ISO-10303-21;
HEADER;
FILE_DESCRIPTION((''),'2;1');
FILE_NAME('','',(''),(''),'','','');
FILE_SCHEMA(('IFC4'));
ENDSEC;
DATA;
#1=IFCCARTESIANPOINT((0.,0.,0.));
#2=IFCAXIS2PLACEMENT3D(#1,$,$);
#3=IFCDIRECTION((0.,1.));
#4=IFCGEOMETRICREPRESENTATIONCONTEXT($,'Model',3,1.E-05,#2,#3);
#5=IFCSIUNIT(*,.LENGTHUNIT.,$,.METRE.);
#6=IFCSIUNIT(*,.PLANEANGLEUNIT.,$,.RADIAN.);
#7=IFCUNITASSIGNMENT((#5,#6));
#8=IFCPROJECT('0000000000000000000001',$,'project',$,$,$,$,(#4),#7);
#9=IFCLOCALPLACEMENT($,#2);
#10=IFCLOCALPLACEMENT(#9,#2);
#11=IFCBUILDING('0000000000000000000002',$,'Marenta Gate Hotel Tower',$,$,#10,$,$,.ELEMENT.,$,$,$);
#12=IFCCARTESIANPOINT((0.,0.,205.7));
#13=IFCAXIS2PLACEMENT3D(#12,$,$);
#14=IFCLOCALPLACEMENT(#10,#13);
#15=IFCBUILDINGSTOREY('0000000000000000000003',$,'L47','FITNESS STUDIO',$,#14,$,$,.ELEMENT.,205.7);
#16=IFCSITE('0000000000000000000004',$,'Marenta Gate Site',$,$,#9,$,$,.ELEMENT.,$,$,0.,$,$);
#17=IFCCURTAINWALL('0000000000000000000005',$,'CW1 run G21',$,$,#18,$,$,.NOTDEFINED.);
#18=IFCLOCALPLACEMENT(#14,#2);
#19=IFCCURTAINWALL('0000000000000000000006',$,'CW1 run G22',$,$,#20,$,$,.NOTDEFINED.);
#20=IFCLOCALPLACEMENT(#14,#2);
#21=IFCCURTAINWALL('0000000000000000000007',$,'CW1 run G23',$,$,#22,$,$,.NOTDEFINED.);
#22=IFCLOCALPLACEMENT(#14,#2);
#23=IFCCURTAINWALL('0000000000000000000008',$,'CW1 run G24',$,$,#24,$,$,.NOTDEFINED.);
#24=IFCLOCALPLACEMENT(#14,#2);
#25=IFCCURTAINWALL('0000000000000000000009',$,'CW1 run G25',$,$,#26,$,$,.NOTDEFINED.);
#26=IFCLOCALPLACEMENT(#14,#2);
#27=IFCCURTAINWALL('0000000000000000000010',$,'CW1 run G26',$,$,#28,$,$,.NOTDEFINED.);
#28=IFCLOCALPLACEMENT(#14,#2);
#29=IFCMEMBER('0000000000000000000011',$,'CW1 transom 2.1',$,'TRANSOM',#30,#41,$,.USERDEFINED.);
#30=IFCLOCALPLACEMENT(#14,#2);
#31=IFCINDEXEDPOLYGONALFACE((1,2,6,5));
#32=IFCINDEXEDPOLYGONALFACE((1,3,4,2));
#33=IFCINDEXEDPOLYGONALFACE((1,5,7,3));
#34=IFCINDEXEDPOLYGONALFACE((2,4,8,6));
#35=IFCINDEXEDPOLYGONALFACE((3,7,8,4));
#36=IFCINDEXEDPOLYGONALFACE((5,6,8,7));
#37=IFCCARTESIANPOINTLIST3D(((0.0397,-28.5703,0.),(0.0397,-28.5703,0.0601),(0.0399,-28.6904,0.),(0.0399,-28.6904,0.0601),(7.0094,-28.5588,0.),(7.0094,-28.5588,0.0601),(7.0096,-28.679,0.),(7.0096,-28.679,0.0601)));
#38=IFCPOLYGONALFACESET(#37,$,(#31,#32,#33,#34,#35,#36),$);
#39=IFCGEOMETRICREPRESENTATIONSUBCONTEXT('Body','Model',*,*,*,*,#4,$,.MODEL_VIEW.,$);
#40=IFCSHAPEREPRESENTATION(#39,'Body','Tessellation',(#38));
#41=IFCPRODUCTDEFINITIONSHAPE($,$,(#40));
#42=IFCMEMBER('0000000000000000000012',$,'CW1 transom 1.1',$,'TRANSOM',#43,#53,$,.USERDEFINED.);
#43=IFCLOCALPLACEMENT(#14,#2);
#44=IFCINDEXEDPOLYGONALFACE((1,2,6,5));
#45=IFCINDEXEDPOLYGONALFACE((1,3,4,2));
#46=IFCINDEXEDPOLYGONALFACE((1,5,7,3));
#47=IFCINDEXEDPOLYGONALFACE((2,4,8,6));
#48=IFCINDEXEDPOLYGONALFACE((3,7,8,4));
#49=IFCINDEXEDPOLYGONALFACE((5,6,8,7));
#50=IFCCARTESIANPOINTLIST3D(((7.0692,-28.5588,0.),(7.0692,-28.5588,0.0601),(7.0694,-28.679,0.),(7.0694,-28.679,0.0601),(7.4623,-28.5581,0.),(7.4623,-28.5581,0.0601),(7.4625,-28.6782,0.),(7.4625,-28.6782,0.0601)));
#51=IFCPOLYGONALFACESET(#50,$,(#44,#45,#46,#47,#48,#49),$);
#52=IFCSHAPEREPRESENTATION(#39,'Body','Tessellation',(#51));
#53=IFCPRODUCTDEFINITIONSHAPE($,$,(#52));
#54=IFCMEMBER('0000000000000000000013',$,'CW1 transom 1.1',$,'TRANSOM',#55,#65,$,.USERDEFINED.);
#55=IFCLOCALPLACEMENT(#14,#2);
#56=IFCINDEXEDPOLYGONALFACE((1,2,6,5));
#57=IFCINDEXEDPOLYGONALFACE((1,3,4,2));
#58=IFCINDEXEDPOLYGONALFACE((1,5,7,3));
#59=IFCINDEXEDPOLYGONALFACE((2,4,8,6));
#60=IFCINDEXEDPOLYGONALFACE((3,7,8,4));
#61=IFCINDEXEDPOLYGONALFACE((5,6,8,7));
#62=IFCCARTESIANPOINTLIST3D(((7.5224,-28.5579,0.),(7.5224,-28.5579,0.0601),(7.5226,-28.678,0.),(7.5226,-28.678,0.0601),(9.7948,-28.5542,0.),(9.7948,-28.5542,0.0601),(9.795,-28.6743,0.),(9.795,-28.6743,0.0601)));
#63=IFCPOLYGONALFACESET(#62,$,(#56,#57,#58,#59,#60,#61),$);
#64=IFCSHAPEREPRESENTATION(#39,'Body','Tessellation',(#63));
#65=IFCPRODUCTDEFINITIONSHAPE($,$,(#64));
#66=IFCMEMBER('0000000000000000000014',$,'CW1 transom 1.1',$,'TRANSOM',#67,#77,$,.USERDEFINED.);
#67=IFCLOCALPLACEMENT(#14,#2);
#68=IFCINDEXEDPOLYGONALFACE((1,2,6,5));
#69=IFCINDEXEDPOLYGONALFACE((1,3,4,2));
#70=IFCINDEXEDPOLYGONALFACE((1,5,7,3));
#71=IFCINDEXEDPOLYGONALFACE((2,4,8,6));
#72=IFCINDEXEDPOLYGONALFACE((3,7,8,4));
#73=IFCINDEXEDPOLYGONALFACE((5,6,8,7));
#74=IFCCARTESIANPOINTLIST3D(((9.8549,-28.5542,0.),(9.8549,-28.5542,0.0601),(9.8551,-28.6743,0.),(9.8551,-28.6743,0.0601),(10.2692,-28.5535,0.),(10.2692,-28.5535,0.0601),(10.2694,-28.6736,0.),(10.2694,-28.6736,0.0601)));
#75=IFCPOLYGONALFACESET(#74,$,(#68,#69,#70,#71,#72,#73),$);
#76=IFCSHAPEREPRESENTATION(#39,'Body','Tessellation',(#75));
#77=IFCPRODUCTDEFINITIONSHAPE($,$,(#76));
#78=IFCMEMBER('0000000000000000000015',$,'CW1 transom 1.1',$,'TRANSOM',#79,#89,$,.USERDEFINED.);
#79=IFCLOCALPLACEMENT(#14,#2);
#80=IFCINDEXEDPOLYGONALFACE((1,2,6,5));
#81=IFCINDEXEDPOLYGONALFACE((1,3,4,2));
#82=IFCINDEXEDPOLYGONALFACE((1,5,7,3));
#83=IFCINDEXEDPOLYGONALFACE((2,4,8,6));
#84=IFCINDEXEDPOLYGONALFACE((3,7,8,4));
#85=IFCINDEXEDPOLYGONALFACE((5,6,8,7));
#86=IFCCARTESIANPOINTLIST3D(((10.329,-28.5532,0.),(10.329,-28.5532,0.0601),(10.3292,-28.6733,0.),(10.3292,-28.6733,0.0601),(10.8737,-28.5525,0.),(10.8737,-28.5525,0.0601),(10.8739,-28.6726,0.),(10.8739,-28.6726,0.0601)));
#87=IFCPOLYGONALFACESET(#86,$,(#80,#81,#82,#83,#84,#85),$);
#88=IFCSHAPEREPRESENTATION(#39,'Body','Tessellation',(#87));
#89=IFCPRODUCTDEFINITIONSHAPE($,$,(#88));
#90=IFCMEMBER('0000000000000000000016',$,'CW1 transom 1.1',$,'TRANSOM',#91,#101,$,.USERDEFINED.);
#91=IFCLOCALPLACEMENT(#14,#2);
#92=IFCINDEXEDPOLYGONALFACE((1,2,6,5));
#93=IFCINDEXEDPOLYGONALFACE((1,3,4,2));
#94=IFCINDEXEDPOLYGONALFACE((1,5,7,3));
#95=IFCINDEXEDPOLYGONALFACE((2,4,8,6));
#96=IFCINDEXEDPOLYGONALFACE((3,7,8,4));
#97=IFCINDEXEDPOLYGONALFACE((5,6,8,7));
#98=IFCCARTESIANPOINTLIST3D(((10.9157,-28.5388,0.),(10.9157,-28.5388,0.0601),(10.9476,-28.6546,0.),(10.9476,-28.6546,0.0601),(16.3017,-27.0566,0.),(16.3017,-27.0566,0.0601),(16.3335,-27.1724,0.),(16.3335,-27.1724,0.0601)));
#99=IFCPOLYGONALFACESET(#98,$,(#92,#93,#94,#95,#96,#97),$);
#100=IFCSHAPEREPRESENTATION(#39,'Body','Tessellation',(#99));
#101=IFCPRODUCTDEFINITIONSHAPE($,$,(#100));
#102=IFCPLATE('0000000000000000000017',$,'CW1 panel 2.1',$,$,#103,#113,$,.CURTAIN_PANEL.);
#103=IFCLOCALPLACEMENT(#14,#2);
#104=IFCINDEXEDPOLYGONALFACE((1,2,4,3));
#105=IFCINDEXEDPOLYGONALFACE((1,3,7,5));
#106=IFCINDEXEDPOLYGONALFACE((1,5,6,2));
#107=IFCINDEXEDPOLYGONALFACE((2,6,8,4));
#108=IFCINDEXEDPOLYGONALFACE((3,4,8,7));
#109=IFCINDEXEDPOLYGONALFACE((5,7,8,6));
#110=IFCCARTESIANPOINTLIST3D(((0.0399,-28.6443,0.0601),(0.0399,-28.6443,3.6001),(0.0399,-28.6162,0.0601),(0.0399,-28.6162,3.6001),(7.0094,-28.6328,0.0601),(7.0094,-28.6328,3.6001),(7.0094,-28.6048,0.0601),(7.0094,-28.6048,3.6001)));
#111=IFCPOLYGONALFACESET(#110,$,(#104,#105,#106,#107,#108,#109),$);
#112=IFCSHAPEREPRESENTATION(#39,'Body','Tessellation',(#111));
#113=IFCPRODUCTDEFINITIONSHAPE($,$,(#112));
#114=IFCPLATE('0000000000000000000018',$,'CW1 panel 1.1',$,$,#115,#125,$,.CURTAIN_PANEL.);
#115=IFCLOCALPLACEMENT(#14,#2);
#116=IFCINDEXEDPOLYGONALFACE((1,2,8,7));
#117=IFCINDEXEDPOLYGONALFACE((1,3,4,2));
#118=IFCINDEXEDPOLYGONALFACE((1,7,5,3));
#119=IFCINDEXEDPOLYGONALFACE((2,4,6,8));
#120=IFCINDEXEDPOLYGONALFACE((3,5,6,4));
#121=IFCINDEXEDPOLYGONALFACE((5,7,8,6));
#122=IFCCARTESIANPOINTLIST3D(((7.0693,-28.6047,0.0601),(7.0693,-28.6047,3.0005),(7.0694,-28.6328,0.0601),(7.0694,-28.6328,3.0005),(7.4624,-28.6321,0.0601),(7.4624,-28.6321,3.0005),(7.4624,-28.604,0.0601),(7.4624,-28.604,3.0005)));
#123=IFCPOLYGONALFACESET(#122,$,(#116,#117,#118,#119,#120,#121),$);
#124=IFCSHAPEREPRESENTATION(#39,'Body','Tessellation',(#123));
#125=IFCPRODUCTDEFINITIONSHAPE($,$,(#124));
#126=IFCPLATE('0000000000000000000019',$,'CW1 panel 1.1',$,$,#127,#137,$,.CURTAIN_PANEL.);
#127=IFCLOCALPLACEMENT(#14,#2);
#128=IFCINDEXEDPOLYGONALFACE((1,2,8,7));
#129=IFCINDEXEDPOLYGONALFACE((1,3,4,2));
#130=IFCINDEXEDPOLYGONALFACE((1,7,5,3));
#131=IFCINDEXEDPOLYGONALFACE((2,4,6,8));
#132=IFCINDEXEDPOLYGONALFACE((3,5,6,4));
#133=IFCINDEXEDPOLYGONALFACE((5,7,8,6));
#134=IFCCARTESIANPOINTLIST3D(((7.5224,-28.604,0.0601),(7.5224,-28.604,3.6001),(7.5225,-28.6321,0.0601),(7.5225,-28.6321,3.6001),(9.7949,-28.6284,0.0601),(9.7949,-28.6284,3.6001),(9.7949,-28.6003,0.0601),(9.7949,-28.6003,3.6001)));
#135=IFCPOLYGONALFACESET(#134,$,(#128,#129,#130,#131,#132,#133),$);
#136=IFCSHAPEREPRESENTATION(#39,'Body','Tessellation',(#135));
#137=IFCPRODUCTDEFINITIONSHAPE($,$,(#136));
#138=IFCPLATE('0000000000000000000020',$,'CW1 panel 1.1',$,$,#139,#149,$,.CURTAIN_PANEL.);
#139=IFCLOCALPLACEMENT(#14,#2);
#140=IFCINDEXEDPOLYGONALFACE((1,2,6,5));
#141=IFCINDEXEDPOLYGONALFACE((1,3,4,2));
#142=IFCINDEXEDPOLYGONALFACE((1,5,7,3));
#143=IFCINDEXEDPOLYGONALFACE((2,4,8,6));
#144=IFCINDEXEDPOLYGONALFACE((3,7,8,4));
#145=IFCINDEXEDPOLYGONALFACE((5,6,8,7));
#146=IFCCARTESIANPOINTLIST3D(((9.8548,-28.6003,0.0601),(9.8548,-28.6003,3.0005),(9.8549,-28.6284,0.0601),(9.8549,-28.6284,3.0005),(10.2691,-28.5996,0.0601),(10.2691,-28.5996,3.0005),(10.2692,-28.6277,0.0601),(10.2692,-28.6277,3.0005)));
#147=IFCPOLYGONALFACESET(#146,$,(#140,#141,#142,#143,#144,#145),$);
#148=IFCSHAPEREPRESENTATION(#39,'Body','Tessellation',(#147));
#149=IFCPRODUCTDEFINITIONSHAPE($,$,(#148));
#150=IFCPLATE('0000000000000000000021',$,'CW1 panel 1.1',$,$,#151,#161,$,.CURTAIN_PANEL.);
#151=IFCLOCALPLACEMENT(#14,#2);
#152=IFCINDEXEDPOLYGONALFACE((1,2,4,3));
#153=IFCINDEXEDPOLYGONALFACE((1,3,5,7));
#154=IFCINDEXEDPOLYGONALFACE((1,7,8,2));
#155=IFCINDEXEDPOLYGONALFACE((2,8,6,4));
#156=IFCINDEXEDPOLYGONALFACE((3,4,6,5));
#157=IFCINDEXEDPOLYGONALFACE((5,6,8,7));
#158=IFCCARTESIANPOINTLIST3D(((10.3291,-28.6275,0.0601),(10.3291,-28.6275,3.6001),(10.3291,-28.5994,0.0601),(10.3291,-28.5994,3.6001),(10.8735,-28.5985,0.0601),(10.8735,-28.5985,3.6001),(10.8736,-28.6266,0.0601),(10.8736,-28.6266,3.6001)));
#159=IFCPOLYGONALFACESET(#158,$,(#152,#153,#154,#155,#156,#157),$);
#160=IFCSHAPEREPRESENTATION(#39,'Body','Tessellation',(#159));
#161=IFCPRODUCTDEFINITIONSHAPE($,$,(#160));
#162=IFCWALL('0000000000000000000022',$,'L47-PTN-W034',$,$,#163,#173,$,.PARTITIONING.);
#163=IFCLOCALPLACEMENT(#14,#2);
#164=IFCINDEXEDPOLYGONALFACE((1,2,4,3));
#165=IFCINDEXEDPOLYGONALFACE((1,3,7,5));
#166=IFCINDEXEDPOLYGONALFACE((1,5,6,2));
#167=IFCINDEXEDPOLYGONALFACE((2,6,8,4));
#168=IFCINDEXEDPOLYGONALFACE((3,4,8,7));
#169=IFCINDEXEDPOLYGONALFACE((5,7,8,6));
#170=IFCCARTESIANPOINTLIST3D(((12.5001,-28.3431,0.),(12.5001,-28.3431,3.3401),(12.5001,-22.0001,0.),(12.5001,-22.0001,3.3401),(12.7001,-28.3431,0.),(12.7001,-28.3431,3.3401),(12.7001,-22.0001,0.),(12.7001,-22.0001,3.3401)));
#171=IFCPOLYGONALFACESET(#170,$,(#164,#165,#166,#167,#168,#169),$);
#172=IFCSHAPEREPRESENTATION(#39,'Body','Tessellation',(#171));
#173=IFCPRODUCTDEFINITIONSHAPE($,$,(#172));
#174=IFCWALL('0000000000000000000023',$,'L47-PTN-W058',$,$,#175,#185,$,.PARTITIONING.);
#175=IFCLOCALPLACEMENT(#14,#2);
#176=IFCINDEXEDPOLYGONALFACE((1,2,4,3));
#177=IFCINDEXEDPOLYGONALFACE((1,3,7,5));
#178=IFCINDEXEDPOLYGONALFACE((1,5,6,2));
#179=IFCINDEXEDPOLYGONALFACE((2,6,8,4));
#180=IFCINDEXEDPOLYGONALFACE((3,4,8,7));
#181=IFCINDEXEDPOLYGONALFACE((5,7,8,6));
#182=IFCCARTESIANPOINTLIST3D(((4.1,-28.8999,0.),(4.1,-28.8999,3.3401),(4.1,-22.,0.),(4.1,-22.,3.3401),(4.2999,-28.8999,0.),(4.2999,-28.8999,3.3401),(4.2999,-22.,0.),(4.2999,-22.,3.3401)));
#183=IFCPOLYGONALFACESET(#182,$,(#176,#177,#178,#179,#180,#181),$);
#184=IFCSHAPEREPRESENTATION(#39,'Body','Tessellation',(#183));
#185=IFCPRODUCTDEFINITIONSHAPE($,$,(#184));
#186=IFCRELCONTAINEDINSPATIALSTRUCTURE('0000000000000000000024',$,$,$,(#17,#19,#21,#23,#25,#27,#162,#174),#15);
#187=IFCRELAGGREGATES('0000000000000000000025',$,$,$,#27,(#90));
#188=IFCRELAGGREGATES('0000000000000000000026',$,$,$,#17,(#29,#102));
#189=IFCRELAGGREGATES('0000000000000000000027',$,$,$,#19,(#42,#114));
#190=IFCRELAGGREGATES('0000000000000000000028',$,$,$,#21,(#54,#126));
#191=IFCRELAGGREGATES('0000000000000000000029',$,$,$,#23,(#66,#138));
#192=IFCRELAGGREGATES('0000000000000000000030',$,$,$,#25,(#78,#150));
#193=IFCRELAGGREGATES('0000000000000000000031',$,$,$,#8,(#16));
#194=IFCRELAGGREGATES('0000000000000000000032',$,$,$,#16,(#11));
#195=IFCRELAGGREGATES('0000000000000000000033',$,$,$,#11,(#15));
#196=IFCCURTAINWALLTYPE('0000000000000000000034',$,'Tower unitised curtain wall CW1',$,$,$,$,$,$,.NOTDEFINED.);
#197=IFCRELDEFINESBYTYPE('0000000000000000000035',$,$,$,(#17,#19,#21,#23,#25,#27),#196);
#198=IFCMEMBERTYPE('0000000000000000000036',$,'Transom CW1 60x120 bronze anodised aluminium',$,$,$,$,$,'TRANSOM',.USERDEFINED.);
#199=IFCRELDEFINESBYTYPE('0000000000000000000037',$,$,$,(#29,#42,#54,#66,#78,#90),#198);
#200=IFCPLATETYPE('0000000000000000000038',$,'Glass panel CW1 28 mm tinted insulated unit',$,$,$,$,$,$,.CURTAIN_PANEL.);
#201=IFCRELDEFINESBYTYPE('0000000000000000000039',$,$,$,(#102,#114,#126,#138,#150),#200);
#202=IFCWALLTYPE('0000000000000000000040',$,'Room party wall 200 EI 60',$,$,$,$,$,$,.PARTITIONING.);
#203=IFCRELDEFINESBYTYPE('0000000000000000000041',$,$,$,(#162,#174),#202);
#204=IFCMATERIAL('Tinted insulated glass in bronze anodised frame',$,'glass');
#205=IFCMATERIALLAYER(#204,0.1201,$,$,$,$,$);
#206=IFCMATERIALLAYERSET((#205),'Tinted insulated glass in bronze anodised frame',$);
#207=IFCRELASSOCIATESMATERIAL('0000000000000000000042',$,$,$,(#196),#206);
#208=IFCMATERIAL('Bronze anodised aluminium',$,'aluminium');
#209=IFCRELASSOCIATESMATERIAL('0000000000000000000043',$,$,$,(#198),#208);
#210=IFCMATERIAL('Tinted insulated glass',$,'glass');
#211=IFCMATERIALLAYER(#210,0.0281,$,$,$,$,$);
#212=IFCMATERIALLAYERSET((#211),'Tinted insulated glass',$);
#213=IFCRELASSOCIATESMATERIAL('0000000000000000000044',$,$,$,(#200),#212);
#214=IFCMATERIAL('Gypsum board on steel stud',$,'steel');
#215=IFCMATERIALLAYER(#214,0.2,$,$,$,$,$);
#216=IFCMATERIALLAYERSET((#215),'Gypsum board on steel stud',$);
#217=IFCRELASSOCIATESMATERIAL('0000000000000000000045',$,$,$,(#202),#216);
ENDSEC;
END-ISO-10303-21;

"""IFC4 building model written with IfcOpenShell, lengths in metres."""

from ifc_helpers import new_model, si_unit, direction, frame, frame_2d, origin, origin_2d, place, context, subcontext, project, spatial, rectangle, extrude, material, layer, layer_set, material_profile, profile_set, type_object, element, aggregate, save


model = new_model("IFC4")

# Units and contexts
model_context = context("Model", 3, precision=1e-05, world=origin(), true_north=direction((0.0, 1.0)))
body_context = subcontext(model_context, "Body", "Model", "MODEL_VIEW")
ifc_project = project(units=[si_unit("LENGTHUNIT", "METRE"), si_unit("PLANEANGLEUNIT", "RADIAN")], contexts=[model_context])

# Site, building, storey
site_placement = place(None, origin())
site = spatial("IfcSite", under=ifc_project, at=site_placement, Name="Marenta Gate Site", CompositionType="ELEMENT", RefElevation=0.0)
building_placement = place(site_placement, origin())
building = spatial("IfcBuilding", under=site, at=building_placement, Name="Marenta Gate Hotel Tower", CompositionType="ELEMENT")
storey_placement = place(building_placement, frame((0.0, 0.0, 205.7)))
storey = spatial("IfcBuildingStorey", under=building, at=storey_placement, Name="L47", Description="FITNESS STUDIO", CompositionType="ELEMENT", Elevation=205.7)

# Curtain walls
ifc_material_1 = material(Name="Tinted insulated glass in bronze anodised frame", Category="glass")
ifc_layer_1 = layer(ifc_material_1, 0.1201)
ifc_layer_set_1 = layer_set([ifc_layer_1], Name="Tinted insulated glass in bronze anodised frame")
curtain_wall_type = type_object("IfcCurtainWallType", Name="Tower unitised curtain wall CW1", PredefinedType="NOTDEFINED", material=ifc_layer_set_1)
curtain_wall_1_placement = place(storey_placement, origin())
curtain_wall_1 = element("IfcCurtainWall", 1, at=curtain_wall_1_placement, inside=storey, type_object=curtain_wall_type, Name="CW1 run G21", PredefinedType="NOTDEFINED")
curtain_wall_2_placement = place(storey_placement, origin())
curtain_wall_2 = element("IfcCurtainWall", 2, at=curtain_wall_2_placement, inside=storey, type_object=curtain_wall_type, Name="CW1 run G22", PredefinedType="NOTDEFINED")
curtain_wall_3_placement = place(storey_placement, origin())
curtain_wall_3 = element("IfcCurtainWall", 3, at=curtain_wall_3_placement, inside=storey, type_object=curtain_wall_type, Name="CW1 run G23", PredefinedType="NOTDEFINED")
curtain_wall_4_placement = place(storey_placement, origin())
curtain_wall_4 = element("IfcCurtainWall", 4, at=curtain_wall_4_placement, inside=storey, type_object=curtain_wall_type, Name="CW1 run G24", PredefinedType="NOTDEFINED")
curtain_wall_5_placement = place(storey_placement, origin())
curtain_wall_5 = element("IfcCurtainWall", 5, at=curtain_wall_5_placement, inside=storey, type_object=curtain_wall_type, Name="CW1 run G25", PredefinedType="NOTDEFINED")
curtain_wall_6_placement = place(storey_placement, origin())
curtain_wall_6 = element("IfcCurtainWall", 6, at=curtain_wall_6_placement, inside=storey, type_object=curtain_wall_type, Name="CW1 run G26", PredefinedType="NOTDEFINED")

# Members
ifc_material_2 = material(Name="Bronze anodised aluminium", Category="aluminium")
ifc_material_profile_1 = material_profile(ifc_material_2, rectangle(XDim=0.1201, YDim=0.0601, at=origin_2d()), Name="Transom CW1 60x120 bronze anodised aluminium")
ifc_profile_set_1 = profile_set([ifc_material_profile_1], Name="Bronze anodised aluminium")
member_type_1 = type_object("IfcMemberType", Name="Transom CW1 60x120 bronze anodised aluminium", ElementType="TRANSOM", PredefinedType="USERDEFINED", material=ifc_profile_set_1)
member_1_placement = place(storey_placement, frame((0.0398, -28.6304, 0.03), z_axis=(0.999999, 0.001646, 0.0), x_axis=(-0.001646, 0.999999, 0.0)))
member_1 = element("IfcMember", 7, at=member_1_placement, type_object=member_type_1, Name="CW1 transom 2.1", ObjectType="TRANSOM", PredefinedType="USERDEFINED", context=body_context, shape_type="SweptSolid", body=[
    extrude(rectangle(XDim=0.1201, YDim=0.0601, at=origin_2d()), origin(), (0.0, 0.0, 1.0), 6.9697),
])
member_2_placement = place(storey_placement, frame((7.0693, -28.6189, 0.03), z_axis=(0.999998, 0.001863, 0.0), x_axis=(-0.001863, 0.999998, 0.0)))
member_2 = element("IfcMember", 8, at=member_2_placement, type_object=member_type_1, Name="CW1 transom 1.1", ObjectType="TRANSOM", PredefinedType="USERDEFINED", context=body_context, shape_type="SweptSolid", body=[
    extrude(rectangle(XDim=0.1201, YDim=0.0601, at=origin_2d()), origin(), (0.0, 0.0, 1.0), 0.3931),
])
member_3_placement = place(storey_placement, frame((7.5225, -28.6179, 0.03), z_axis=(0.999999, 0.001612, 0.0), x_axis=(-0.001612, 0.999999, 0.0)))
member_3 = element("IfcMember", 9, at=member_3_placement, type_object=member_type_1, Name="CW1 transom 1.1", ObjectType="TRANSOM", PredefinedType="USERDEFINED", context=body_context, shape_type="SweptSolid", body=[
    extrude(rectangle(XDim=0.1201, YDim=0.0601, at=origin_2d()), origin(), (0.0, 0.0, 1.0), 2.2725),
])
member_4_placement = place(storey_placement, frame((9.855, -28.6143, 0.03), z_axis=(0.999998, 0.001768, 0.0), x_axis=(-0.001768, 0.999998, 0.0)))
member_4 = element("IfcMember", 10, at=member_4_placement, type_object=member_type_1, Name="CW1 transom 1.1", ObjectType="TRANSOM", PredefinedType="USERDEFINED", context=body_context, shape_type="SweptSolid", body=[
    extrude(rectangle(XDim=0.1201, YDim=0.0601, at=origin_2d()), origin(), (0.0, 0.0, 1.0), 0.4143),
])
member_5_placement = place(storey_placement, frame((10.3291, -28.6133, 0.03), z_axis=(0.999999, 0.001345, 0.0), x_axis=(-0.001345, 0.999999, 0.0)))
member_5 = element("IfcMember", 11, at=member_5_placement, type_object=member_type_1, Name="CW1 transom 1.1", ObjectType="TRANSOM", PredefinedType="USERDEFINED", context=body_context, shape_type="SweptSolid", body=[
    extrude(rectangle(XDim=0.1201, YDim=0.0601, at=origin_2d()), origin(), (0.0, 0.0, 1.0), 0.5447),
])
member_6_placement = place(storey_placement, frame((10.9316, -28.5967, 0.03), z_axis=(0.964158, 0.265328, 0.0), x_axis=(-0.265328, 0.964158, 0.0)))
member_6 = element("IfcMember", 12, at=member_6_placement, type_object=member_type_1, Name="CW1 transom 1.1", ObjectType="TRANSOM", PredefinedType="USERDEFINED", context=body_context, shape_type="SweptSolid", body=[
    extrude(rectangle(XDim=0.1201, YDim=0.0601, at=origin_2d()), origin(), (0.0, 0.0, 1.0), 5.5862),
])
aggregate(curtain_wall_6, [member_6])

# Plates
ifc_material_3 = material(Name="Tinted insulated glass", Category="glass")
ifc_layer_2 = layer(ifc_material_3, 0.0281)
ifc_layer_set_2 = layer_set([ifc_layer_2], Name="Tinted insulated glass")
plate_type = type_object("IfcPlateType", Name="Glass panel CW1 28 mm tinted insulated unit", PredefinedType="CURTAIN_PANEL", material=ifc_layer_set_2)
plate_1_placement = place(storey_placement, frame((3.5247, -28.6245, 0.0601), z_axis=(0.0, 0.0, 1.0), x_axis=(0.999999, 0.001636, 0.0)))
plate_1 = element("IfcPlate", 13, at=plate_1_placement, type_object=plate_type, Name="CW1 panel 2.1", PredefinedType="CURTAIN_PANEL", context=body_context, shape_type="SweptSolid", body=[
    extrude(rectangle(XDim=6.9695, YDim=0.0281, at=origin_2d()), origin(), (0.0, 0.0, 1.0), 3.54),
])
aggregate(curtain_wall_1, [member_1, plate_1])
plate_2_placement = place(storey_placement, frame((7.2659, -28.6184, 0.0601), z_axis=(0.0, 0.0, 1.0), x_axis=(0.999998, 0.001766, 0.0)))
plate_2 = element("IfcPlate", 14, at=plate_2_placement, type_object=plate_type, Name="CW1 panel 1.1", PredefinedType="CURTAIN_PANEL", context=body_context, shape_type="SweptSolid", body=[
    extrude(rectangle(XDim=0.3931, YDim=0.0281, at=origin_2d()), origin(), (0.0, 0.0, 1.0), 2.9404),
])
aggregate(curtain_wall_2, [member_2, plate_2])
plate_3_placement = place(storey_placement, frame((8.6587, -28.6162, 0.0601), z_axis=(0.0, 0.0, 1.0), x_axis=(0.999999, 0.001629, 0.0)))
plate_3 = element("IfcPlate", 15, at=plate_3_placement, type_object=plate_type, Name="CW1 panel 1.1", PredefinedType="CURTAIN_PANEL", context=body_context, shape_type="SweptSolid", body=[
    extrude(rectangle(XDim=2.2725, YDim=0.0281, at=origin_2d()), origin(), (0.0, 0.0, 1.0), 3.54),
])
aggregate(curtain_wall_3, [member_3, plate_3])
plate_4_placement = place(storey_placement, frame((10.062, -28.614, 0.0601), z_axis=(0.0, 0.0, 1.0), x_axis=(0.999999, 0.001687, 0.0)))
plate_4 = element("IfcPlate", 16, at=plate_4_placement, type_object=plate_type, Name="CW1 panel 1.1", PredefinedType="CURTAIN_PANEL", context=body_context, shape_type="SweptSolid", body=[
    extrude(rectangle(XDim=0.4143, YDim=0.0281, at=origin_2d()), origin(), (0.0, 0.0, 1.0), 2.9404),
])
aggregate(curtain_wall_4, [member_4, plate_4])
plate_5_placement = place(storey_placement, frame((10.6013, -28.613, 0.0601), z_axis=(0.0, 0.0, 1.0), x_axis=(0.999999, 0.001654, 0.0)))
plate_5 = element("IfcPlate", 17, at=plate_5_placement, type_object=plate_type, Name="CW1 panel 1.1", PredefinedType="CURTAIN_PANEL", context=body_context, shape_type="SweptSolid", body=[
    extrude(rectangle(XDim=0.5444, YDim=0.0281, at=origin_2d()), origin(), (0.0, 0.0, 1.0), 3.54),
])
aggregate(curtain_wall_5, [member_5, plate_5])

# Walls
ifc_material_4 = material(Name="Gypsum board on steel stud", Category="steel")
ifc_layer_3 = layer(ifc_material_4, 0.2)
ifc_layer_set_3 = layer_set([ifc_layer_3], Name="Gypsum board on steel stud")
wall_type = type_object("IfcWallType", Name="Room party wall 200 EI 60", PredefinedType="PARTITIONING", material=ifc_layer_set_3)
wall_1_placement = place(storey_placement, frame((12.6001, -28.343, 0.0), z_axis=(0.0, 0.0, 1.0), x_axis=(0.0, 1.0, 0.0)))
element("IfcWall", 18, at=wall_1_placement, inside=storey, type_object=wall_type, Name="L47-PTN-W034", PredefinedType="PARTITIONING", context=body_context, shape_type="SweptSolid", body=[
    extrude(rectangle(XDim=6.343, YDim=0.2, at=frame_2d((3.1714, 0.0))), origin(), (0.0, 0.0, 1.0), 3.3401),
])
wall_2_placement = place(storey_placement, frame((4.2, -28.8999, 0.0), z_axis=(0.0, 0.0, 1.0), x_axis=(0.0, 1.0, 0.0)))
element("IfcWall", 19, at=wall_2_placement, inside=storey, type_object=wall_type, Name="L47-PTN-W058", PredefinedType="PARTITIONING", context=body_context, shape_type="SweptSolid", body=[
    extrude(rectangle(XDim=6.8999, YDim=0.2, at=frame_2d((3.45, 0.0))), origin(), (0.0, 0.0, 1.0), 3.3401),
])

save(model, "model.ifc")
